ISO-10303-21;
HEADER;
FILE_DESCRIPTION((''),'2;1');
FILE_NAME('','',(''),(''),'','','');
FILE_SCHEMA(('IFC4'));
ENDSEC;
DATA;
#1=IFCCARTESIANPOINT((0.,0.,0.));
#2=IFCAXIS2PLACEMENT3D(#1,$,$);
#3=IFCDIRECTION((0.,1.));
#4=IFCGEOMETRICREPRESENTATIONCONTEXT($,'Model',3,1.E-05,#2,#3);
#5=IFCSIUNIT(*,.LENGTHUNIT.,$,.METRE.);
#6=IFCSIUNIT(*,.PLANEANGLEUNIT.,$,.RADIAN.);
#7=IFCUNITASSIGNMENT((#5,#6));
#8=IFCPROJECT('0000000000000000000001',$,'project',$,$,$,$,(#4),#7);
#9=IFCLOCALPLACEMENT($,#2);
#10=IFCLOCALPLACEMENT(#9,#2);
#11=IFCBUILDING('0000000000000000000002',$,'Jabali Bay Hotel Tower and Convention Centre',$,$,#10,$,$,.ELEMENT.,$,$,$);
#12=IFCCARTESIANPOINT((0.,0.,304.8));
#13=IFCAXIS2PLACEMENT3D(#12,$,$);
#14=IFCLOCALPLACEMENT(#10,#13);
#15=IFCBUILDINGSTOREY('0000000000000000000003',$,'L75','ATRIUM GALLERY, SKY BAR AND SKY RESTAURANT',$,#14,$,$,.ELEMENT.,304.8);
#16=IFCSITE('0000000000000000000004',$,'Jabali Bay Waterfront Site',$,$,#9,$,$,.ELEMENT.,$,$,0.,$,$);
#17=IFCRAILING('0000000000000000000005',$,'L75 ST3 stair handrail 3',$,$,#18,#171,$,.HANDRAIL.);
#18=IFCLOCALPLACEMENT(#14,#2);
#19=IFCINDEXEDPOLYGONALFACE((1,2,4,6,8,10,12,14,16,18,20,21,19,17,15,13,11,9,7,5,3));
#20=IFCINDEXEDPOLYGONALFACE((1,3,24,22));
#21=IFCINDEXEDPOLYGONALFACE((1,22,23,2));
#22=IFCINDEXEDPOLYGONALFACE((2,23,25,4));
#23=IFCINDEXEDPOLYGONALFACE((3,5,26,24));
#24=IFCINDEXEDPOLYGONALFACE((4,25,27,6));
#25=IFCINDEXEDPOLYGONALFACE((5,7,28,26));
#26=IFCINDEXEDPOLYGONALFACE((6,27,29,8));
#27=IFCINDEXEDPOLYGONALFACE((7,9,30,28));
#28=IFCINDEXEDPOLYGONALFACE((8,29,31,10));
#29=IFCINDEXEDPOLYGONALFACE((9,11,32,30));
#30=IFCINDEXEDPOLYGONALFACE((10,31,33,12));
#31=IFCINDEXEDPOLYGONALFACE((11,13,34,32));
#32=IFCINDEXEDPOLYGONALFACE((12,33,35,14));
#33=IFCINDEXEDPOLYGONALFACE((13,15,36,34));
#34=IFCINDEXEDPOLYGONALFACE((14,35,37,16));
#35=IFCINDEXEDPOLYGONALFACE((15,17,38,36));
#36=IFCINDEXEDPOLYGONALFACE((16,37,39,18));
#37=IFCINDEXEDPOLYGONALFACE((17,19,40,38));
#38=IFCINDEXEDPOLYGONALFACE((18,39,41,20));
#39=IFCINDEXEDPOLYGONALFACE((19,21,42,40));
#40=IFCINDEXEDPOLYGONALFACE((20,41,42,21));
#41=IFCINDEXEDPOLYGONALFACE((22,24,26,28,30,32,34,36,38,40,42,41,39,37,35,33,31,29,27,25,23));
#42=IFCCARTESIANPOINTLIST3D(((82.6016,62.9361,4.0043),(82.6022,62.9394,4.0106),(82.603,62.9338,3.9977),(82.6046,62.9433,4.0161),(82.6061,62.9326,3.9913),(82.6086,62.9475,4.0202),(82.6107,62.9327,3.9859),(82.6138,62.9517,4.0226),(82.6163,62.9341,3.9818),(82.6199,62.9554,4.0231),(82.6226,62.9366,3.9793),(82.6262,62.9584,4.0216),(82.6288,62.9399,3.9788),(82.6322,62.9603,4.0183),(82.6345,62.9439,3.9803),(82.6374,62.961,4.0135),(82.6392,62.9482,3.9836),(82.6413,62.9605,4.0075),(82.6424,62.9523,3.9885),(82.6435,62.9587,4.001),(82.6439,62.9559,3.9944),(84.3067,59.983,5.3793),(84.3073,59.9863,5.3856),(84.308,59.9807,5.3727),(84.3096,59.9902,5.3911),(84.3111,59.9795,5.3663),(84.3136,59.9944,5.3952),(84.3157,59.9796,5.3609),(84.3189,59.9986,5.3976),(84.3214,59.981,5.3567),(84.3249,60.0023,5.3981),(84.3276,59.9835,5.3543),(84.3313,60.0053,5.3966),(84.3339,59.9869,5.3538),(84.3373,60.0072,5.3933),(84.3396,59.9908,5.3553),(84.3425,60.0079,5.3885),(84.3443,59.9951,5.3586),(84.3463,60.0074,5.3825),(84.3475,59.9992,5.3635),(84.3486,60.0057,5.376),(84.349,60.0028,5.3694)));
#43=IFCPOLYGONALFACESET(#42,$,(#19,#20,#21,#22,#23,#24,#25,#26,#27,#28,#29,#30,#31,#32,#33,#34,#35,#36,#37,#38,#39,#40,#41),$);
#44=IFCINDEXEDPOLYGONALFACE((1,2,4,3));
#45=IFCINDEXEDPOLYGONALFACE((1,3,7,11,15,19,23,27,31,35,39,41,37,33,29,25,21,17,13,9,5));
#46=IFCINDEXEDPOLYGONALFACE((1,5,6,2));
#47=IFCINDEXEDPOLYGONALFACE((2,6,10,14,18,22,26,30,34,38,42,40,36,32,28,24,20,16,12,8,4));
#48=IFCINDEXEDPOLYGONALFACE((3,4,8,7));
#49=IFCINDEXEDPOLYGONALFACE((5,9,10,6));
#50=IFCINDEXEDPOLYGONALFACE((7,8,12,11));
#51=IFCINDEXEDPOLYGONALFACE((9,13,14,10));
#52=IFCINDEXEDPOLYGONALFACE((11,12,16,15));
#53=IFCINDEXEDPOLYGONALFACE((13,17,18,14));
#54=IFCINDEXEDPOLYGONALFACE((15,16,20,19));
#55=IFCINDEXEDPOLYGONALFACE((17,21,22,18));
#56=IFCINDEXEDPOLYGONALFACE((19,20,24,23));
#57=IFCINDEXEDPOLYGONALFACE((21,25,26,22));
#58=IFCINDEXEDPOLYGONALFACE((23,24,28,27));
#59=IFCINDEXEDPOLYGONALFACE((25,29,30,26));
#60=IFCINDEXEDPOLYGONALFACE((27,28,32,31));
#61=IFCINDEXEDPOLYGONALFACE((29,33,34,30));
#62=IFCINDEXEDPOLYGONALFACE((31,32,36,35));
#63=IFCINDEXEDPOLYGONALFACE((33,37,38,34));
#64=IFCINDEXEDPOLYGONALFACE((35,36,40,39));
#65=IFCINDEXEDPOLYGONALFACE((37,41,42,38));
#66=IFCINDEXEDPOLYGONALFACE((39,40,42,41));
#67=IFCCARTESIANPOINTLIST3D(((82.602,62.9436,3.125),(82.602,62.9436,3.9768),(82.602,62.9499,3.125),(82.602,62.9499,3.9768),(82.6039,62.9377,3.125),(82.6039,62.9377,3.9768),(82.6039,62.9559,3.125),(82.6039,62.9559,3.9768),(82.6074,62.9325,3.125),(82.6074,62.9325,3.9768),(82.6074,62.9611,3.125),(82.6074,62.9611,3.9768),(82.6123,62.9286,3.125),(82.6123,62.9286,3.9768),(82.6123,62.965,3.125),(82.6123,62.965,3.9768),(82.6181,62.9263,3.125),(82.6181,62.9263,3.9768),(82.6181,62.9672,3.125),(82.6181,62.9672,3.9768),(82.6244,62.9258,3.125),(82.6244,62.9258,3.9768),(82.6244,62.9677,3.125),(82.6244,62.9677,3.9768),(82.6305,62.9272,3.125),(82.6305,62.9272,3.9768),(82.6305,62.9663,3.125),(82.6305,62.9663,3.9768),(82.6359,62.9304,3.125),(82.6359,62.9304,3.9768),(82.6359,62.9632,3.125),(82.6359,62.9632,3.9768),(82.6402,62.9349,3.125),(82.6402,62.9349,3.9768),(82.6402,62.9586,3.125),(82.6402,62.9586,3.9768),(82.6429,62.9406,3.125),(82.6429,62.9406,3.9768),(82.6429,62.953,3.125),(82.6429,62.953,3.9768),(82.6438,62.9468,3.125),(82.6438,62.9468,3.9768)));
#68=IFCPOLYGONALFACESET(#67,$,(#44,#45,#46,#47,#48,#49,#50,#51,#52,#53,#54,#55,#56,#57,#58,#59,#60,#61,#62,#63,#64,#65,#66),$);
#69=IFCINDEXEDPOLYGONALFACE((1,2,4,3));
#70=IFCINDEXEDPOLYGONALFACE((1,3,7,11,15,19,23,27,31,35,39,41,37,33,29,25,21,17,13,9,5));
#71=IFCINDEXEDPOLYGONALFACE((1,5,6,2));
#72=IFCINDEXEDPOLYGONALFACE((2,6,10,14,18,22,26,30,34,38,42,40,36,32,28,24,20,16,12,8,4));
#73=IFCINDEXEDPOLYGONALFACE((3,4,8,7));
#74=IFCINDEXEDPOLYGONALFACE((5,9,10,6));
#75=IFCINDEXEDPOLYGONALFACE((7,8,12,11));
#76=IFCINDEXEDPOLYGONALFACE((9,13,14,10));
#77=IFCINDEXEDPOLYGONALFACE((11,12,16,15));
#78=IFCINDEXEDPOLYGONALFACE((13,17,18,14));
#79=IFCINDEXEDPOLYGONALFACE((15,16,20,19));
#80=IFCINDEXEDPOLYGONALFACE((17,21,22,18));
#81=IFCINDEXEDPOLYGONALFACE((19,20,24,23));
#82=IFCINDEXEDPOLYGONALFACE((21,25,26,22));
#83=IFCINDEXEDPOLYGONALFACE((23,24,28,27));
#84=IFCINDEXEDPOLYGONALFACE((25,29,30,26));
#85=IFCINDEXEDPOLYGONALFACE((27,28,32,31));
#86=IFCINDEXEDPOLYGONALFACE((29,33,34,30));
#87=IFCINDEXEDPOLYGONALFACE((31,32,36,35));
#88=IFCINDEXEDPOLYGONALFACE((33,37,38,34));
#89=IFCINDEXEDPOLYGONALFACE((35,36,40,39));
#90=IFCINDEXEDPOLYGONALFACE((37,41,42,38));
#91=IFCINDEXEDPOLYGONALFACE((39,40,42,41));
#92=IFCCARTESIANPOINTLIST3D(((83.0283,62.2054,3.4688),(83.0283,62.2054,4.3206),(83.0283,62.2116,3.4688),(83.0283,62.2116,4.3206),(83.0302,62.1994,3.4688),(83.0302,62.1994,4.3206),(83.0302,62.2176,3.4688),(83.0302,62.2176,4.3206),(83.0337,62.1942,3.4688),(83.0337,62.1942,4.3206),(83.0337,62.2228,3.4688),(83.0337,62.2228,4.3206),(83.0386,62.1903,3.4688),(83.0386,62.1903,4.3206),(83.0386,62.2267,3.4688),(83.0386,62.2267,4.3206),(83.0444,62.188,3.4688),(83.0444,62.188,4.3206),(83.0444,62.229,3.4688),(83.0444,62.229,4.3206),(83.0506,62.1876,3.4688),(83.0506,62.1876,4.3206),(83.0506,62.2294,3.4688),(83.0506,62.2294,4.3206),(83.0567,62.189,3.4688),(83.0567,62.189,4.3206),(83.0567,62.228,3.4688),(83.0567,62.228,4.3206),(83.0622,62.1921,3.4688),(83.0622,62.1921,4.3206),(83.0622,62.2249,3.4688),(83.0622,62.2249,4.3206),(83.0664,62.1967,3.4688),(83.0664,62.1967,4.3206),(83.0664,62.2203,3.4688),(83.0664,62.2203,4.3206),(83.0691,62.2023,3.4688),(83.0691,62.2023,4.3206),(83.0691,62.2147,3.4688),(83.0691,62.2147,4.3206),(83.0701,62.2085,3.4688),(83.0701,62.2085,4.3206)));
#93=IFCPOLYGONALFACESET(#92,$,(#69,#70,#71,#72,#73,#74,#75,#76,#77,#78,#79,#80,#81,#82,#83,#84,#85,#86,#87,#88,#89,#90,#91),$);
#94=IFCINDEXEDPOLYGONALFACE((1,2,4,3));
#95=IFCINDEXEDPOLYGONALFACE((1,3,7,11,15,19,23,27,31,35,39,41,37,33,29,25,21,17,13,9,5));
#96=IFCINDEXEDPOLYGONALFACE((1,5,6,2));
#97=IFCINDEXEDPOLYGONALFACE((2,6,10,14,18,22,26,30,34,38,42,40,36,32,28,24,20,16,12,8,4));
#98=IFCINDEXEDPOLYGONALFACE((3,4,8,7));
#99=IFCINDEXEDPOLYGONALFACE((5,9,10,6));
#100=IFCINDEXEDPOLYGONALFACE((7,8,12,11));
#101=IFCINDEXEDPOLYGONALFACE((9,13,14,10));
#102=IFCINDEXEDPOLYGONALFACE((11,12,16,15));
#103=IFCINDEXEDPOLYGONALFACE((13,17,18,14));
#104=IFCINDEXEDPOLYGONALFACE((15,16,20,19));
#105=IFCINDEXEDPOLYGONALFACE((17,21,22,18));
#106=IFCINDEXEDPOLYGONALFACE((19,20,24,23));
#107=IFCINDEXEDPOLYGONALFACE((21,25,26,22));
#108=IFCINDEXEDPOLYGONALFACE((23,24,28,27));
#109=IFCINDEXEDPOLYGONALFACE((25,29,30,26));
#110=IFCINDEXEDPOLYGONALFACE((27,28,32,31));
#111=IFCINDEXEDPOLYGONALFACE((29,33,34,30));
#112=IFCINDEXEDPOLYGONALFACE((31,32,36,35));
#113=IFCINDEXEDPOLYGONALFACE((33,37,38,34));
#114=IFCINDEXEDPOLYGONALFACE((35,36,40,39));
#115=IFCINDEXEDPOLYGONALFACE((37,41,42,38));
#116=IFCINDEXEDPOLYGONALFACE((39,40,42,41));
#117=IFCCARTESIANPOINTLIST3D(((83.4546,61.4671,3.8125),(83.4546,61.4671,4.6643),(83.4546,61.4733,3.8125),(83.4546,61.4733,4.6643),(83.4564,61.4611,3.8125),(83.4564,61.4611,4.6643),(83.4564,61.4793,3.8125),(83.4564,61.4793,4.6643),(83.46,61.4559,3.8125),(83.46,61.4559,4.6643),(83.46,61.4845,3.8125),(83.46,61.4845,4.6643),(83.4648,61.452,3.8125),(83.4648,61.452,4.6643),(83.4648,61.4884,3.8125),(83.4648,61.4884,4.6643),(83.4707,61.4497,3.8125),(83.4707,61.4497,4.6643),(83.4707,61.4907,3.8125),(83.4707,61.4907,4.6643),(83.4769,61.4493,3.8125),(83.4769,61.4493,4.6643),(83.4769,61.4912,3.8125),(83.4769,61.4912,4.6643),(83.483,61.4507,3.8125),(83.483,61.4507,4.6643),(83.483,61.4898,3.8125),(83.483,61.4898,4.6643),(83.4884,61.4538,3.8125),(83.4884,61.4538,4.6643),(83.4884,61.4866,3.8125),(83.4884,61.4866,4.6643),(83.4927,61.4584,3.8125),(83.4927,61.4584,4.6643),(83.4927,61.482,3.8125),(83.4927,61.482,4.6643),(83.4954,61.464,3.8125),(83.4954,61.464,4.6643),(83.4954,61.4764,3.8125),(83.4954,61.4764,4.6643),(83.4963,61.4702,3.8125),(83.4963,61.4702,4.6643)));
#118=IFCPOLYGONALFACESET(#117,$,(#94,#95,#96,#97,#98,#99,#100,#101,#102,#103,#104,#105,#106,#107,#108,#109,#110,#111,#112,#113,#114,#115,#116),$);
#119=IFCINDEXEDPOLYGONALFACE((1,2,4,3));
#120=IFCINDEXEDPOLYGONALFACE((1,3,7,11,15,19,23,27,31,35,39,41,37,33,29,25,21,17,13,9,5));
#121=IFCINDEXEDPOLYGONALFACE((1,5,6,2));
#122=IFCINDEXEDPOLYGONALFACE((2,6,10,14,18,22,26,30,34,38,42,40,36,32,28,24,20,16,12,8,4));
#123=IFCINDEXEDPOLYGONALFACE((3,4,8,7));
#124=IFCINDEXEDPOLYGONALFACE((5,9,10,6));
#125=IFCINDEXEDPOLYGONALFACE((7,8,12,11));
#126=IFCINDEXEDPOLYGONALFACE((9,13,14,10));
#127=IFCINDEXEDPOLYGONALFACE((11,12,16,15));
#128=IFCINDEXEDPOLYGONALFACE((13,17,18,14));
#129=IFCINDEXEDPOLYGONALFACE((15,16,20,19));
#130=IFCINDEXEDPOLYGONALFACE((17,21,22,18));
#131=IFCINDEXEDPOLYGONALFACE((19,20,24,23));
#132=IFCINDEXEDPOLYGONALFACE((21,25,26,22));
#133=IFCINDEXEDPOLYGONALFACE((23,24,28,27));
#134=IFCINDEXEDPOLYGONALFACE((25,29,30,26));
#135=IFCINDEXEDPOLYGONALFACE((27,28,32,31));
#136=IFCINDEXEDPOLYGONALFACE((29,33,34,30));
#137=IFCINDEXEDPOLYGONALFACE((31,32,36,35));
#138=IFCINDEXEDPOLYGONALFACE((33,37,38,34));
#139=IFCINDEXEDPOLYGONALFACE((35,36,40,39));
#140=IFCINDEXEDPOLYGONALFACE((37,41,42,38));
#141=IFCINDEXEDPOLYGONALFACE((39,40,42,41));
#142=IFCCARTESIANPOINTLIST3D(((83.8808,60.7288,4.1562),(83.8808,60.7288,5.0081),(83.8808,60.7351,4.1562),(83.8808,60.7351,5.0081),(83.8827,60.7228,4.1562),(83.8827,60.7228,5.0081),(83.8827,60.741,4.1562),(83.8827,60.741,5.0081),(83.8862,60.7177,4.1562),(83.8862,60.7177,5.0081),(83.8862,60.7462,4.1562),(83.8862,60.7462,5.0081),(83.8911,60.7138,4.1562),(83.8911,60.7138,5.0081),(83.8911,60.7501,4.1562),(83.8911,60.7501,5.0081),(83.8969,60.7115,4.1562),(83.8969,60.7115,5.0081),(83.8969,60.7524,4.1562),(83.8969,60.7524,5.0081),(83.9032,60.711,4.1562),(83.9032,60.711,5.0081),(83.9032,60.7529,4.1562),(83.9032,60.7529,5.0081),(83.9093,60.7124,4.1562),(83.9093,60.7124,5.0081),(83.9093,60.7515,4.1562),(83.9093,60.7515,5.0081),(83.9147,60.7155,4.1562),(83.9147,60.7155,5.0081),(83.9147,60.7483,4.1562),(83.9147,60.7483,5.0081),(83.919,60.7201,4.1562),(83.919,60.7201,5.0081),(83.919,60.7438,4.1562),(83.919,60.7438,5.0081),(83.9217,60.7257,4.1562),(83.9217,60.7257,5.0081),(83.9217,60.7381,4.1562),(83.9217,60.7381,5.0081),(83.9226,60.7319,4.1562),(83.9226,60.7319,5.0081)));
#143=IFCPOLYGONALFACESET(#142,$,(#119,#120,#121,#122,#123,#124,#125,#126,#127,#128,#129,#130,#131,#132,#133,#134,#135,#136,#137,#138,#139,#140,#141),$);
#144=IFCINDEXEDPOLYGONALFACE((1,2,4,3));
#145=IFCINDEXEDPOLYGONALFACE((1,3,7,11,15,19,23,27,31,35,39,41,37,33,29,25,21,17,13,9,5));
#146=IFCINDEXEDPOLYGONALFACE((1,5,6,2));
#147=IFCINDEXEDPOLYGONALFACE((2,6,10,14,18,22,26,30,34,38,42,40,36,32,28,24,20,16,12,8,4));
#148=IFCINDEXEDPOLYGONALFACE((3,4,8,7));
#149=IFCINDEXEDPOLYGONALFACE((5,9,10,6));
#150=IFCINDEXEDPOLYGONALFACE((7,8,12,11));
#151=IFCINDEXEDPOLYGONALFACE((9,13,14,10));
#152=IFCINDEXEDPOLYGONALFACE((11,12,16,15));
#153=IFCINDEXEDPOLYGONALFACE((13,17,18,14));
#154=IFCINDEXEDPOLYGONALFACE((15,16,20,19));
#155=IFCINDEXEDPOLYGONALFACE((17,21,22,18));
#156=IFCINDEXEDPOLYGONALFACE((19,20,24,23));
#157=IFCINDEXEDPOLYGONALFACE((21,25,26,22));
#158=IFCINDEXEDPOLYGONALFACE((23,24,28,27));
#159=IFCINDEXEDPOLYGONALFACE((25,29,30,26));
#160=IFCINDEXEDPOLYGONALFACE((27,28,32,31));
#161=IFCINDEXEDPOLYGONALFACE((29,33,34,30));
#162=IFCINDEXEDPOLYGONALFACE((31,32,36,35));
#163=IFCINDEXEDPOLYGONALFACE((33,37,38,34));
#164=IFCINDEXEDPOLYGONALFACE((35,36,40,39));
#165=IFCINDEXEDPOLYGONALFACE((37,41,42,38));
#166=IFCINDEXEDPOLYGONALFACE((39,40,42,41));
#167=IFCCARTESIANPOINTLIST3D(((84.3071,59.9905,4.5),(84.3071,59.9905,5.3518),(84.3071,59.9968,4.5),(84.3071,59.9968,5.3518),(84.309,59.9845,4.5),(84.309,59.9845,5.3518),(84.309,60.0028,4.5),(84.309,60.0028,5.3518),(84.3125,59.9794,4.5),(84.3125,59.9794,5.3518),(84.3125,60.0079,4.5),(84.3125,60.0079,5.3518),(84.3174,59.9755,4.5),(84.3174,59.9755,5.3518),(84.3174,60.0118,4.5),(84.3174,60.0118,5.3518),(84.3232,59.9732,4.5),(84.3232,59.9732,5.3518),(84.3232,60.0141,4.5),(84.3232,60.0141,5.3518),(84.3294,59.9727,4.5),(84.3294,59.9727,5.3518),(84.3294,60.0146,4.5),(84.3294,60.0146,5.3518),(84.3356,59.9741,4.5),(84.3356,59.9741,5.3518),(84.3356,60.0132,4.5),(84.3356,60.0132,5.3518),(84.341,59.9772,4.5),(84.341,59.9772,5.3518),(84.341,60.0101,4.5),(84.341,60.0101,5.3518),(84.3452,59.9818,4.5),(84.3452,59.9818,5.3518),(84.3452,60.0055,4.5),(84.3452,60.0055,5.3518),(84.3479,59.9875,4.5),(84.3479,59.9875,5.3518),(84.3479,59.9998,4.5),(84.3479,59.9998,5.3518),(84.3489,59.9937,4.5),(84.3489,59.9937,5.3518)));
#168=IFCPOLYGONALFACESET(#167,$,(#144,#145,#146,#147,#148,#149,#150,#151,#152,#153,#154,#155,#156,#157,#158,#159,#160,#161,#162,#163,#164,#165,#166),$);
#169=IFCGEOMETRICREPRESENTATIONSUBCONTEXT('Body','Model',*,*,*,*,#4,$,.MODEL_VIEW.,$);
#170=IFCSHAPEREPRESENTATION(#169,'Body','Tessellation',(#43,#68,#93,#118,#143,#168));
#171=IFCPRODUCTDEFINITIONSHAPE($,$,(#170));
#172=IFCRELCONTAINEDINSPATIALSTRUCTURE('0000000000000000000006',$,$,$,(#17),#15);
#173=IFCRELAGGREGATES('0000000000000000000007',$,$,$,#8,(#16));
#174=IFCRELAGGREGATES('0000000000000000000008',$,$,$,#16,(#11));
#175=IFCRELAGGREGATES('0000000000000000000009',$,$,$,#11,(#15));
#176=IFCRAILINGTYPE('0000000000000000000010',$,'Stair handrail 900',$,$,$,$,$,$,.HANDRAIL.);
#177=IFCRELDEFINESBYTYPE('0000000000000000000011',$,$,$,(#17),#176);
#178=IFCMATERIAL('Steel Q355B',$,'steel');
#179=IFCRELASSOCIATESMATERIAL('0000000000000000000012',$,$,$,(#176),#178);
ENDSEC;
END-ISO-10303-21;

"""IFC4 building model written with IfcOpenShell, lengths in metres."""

from ifc_helpers import new_model, si_unit, direction, frame, origin, origin_2d, place, context, subcontext, project, spatial, circle, extrude, material, type_object, element, save


model = new_model("IFC4")

# Units and contexts
model_context = context("Model", 3, precision=1e-05, world=origin(), true_north=direction((0.0, 1.0)))
body_context = subcontext(model_context, "Body", "Model", "MODEL_VIEW")
ifc_project = project(units=[si_unit("LENGTHUNIT", "METRE"), si_unit("PLANEANGLEUNIT", "RADIAN")], contexts=[model_context])

# Site, building, storey
site_placement = place(None, origin())
site = spatial("IfcSite", under=ifc_project, at=site_placement, Name="Jabali Bay Waterfront Site", CompositionType="ELEMENT", RefElevation=0.0)
building_placement = place(site_placement, origin())
building = spatial("IfcBuilding", under=site, at=building_placement, Name="Jabali Bay Hotel Tower and Convention Centre", CompositionType="ELEMENT")
storey_placement = place(building_placement, frame((0.0, 0.0, 304.8)))
storey = spatial("IfcBuildingStorey", under=building, at=storey_placement, Name="L75", Description="ATRIUM GALLERY, SKY BAR AND SKY RESTAURANT", CompositionType="ELEMENT", Elevation=304.8)

# Railing
ifc_material_1 = material(Name="Steel Q355B", Category="steel")
railing_type_1 = type_object("IfcRailingType", Name="Stair handrail 900", PredefinedType="HANDRAIL", material=ifc_material_1)
for number, where, name in (
    (1, (82.6228, 62.9468, 3.125), "L75 ST3 stair handrail 3"),
):
    element("IfcRailing", number, at=place(storey_placement, frame(where)), inside=storey, type_object=railing_type_1, Name=name, PredefinedType="HANDRAIL", context=body_context, shape_type="SweptSolid", body=[
        extrude(circle(Radius=0.0239, at=origin_2d()), frame((0.0, 0.0, 0.876), z_axis=(0.46374, -0.803178, 0.373966), x_axis=(0.866014, 0.50002, 0.0)), (0.0, 0.0, 1.0), 3.6768),
        extrude(circle(Radius=0.021, at=origin_2d()), origin(), (0.0, 0.0, 1.0), 0.8518),
        extrude(circle(Radius=0.021, at=origin_2d()), frame((0.4263, -0.7383, 0.3438)), (0.0, 0.0, 1.0), 0.8518),
        extrude(circle(Radius=0.021, at=origin_2d()), frame((0.8525, -1.4766, 0.6875)), (0.0, 0.0, 1.0), 0.8518),
        extrude(circle(Radius=0.021, at=origin_2d()), frame((1.2788, -2.2148, 1.0312)), (0.0, 0.0, 1.0), 0.8518),
        extrude(circle(Radius=0.021, at=origin_2d()), frame((1.7051, -2.9531, 1.375)), (0.0, 0.0, 1.0), 0.8518),
    ])

save(model, "model.ifc")
